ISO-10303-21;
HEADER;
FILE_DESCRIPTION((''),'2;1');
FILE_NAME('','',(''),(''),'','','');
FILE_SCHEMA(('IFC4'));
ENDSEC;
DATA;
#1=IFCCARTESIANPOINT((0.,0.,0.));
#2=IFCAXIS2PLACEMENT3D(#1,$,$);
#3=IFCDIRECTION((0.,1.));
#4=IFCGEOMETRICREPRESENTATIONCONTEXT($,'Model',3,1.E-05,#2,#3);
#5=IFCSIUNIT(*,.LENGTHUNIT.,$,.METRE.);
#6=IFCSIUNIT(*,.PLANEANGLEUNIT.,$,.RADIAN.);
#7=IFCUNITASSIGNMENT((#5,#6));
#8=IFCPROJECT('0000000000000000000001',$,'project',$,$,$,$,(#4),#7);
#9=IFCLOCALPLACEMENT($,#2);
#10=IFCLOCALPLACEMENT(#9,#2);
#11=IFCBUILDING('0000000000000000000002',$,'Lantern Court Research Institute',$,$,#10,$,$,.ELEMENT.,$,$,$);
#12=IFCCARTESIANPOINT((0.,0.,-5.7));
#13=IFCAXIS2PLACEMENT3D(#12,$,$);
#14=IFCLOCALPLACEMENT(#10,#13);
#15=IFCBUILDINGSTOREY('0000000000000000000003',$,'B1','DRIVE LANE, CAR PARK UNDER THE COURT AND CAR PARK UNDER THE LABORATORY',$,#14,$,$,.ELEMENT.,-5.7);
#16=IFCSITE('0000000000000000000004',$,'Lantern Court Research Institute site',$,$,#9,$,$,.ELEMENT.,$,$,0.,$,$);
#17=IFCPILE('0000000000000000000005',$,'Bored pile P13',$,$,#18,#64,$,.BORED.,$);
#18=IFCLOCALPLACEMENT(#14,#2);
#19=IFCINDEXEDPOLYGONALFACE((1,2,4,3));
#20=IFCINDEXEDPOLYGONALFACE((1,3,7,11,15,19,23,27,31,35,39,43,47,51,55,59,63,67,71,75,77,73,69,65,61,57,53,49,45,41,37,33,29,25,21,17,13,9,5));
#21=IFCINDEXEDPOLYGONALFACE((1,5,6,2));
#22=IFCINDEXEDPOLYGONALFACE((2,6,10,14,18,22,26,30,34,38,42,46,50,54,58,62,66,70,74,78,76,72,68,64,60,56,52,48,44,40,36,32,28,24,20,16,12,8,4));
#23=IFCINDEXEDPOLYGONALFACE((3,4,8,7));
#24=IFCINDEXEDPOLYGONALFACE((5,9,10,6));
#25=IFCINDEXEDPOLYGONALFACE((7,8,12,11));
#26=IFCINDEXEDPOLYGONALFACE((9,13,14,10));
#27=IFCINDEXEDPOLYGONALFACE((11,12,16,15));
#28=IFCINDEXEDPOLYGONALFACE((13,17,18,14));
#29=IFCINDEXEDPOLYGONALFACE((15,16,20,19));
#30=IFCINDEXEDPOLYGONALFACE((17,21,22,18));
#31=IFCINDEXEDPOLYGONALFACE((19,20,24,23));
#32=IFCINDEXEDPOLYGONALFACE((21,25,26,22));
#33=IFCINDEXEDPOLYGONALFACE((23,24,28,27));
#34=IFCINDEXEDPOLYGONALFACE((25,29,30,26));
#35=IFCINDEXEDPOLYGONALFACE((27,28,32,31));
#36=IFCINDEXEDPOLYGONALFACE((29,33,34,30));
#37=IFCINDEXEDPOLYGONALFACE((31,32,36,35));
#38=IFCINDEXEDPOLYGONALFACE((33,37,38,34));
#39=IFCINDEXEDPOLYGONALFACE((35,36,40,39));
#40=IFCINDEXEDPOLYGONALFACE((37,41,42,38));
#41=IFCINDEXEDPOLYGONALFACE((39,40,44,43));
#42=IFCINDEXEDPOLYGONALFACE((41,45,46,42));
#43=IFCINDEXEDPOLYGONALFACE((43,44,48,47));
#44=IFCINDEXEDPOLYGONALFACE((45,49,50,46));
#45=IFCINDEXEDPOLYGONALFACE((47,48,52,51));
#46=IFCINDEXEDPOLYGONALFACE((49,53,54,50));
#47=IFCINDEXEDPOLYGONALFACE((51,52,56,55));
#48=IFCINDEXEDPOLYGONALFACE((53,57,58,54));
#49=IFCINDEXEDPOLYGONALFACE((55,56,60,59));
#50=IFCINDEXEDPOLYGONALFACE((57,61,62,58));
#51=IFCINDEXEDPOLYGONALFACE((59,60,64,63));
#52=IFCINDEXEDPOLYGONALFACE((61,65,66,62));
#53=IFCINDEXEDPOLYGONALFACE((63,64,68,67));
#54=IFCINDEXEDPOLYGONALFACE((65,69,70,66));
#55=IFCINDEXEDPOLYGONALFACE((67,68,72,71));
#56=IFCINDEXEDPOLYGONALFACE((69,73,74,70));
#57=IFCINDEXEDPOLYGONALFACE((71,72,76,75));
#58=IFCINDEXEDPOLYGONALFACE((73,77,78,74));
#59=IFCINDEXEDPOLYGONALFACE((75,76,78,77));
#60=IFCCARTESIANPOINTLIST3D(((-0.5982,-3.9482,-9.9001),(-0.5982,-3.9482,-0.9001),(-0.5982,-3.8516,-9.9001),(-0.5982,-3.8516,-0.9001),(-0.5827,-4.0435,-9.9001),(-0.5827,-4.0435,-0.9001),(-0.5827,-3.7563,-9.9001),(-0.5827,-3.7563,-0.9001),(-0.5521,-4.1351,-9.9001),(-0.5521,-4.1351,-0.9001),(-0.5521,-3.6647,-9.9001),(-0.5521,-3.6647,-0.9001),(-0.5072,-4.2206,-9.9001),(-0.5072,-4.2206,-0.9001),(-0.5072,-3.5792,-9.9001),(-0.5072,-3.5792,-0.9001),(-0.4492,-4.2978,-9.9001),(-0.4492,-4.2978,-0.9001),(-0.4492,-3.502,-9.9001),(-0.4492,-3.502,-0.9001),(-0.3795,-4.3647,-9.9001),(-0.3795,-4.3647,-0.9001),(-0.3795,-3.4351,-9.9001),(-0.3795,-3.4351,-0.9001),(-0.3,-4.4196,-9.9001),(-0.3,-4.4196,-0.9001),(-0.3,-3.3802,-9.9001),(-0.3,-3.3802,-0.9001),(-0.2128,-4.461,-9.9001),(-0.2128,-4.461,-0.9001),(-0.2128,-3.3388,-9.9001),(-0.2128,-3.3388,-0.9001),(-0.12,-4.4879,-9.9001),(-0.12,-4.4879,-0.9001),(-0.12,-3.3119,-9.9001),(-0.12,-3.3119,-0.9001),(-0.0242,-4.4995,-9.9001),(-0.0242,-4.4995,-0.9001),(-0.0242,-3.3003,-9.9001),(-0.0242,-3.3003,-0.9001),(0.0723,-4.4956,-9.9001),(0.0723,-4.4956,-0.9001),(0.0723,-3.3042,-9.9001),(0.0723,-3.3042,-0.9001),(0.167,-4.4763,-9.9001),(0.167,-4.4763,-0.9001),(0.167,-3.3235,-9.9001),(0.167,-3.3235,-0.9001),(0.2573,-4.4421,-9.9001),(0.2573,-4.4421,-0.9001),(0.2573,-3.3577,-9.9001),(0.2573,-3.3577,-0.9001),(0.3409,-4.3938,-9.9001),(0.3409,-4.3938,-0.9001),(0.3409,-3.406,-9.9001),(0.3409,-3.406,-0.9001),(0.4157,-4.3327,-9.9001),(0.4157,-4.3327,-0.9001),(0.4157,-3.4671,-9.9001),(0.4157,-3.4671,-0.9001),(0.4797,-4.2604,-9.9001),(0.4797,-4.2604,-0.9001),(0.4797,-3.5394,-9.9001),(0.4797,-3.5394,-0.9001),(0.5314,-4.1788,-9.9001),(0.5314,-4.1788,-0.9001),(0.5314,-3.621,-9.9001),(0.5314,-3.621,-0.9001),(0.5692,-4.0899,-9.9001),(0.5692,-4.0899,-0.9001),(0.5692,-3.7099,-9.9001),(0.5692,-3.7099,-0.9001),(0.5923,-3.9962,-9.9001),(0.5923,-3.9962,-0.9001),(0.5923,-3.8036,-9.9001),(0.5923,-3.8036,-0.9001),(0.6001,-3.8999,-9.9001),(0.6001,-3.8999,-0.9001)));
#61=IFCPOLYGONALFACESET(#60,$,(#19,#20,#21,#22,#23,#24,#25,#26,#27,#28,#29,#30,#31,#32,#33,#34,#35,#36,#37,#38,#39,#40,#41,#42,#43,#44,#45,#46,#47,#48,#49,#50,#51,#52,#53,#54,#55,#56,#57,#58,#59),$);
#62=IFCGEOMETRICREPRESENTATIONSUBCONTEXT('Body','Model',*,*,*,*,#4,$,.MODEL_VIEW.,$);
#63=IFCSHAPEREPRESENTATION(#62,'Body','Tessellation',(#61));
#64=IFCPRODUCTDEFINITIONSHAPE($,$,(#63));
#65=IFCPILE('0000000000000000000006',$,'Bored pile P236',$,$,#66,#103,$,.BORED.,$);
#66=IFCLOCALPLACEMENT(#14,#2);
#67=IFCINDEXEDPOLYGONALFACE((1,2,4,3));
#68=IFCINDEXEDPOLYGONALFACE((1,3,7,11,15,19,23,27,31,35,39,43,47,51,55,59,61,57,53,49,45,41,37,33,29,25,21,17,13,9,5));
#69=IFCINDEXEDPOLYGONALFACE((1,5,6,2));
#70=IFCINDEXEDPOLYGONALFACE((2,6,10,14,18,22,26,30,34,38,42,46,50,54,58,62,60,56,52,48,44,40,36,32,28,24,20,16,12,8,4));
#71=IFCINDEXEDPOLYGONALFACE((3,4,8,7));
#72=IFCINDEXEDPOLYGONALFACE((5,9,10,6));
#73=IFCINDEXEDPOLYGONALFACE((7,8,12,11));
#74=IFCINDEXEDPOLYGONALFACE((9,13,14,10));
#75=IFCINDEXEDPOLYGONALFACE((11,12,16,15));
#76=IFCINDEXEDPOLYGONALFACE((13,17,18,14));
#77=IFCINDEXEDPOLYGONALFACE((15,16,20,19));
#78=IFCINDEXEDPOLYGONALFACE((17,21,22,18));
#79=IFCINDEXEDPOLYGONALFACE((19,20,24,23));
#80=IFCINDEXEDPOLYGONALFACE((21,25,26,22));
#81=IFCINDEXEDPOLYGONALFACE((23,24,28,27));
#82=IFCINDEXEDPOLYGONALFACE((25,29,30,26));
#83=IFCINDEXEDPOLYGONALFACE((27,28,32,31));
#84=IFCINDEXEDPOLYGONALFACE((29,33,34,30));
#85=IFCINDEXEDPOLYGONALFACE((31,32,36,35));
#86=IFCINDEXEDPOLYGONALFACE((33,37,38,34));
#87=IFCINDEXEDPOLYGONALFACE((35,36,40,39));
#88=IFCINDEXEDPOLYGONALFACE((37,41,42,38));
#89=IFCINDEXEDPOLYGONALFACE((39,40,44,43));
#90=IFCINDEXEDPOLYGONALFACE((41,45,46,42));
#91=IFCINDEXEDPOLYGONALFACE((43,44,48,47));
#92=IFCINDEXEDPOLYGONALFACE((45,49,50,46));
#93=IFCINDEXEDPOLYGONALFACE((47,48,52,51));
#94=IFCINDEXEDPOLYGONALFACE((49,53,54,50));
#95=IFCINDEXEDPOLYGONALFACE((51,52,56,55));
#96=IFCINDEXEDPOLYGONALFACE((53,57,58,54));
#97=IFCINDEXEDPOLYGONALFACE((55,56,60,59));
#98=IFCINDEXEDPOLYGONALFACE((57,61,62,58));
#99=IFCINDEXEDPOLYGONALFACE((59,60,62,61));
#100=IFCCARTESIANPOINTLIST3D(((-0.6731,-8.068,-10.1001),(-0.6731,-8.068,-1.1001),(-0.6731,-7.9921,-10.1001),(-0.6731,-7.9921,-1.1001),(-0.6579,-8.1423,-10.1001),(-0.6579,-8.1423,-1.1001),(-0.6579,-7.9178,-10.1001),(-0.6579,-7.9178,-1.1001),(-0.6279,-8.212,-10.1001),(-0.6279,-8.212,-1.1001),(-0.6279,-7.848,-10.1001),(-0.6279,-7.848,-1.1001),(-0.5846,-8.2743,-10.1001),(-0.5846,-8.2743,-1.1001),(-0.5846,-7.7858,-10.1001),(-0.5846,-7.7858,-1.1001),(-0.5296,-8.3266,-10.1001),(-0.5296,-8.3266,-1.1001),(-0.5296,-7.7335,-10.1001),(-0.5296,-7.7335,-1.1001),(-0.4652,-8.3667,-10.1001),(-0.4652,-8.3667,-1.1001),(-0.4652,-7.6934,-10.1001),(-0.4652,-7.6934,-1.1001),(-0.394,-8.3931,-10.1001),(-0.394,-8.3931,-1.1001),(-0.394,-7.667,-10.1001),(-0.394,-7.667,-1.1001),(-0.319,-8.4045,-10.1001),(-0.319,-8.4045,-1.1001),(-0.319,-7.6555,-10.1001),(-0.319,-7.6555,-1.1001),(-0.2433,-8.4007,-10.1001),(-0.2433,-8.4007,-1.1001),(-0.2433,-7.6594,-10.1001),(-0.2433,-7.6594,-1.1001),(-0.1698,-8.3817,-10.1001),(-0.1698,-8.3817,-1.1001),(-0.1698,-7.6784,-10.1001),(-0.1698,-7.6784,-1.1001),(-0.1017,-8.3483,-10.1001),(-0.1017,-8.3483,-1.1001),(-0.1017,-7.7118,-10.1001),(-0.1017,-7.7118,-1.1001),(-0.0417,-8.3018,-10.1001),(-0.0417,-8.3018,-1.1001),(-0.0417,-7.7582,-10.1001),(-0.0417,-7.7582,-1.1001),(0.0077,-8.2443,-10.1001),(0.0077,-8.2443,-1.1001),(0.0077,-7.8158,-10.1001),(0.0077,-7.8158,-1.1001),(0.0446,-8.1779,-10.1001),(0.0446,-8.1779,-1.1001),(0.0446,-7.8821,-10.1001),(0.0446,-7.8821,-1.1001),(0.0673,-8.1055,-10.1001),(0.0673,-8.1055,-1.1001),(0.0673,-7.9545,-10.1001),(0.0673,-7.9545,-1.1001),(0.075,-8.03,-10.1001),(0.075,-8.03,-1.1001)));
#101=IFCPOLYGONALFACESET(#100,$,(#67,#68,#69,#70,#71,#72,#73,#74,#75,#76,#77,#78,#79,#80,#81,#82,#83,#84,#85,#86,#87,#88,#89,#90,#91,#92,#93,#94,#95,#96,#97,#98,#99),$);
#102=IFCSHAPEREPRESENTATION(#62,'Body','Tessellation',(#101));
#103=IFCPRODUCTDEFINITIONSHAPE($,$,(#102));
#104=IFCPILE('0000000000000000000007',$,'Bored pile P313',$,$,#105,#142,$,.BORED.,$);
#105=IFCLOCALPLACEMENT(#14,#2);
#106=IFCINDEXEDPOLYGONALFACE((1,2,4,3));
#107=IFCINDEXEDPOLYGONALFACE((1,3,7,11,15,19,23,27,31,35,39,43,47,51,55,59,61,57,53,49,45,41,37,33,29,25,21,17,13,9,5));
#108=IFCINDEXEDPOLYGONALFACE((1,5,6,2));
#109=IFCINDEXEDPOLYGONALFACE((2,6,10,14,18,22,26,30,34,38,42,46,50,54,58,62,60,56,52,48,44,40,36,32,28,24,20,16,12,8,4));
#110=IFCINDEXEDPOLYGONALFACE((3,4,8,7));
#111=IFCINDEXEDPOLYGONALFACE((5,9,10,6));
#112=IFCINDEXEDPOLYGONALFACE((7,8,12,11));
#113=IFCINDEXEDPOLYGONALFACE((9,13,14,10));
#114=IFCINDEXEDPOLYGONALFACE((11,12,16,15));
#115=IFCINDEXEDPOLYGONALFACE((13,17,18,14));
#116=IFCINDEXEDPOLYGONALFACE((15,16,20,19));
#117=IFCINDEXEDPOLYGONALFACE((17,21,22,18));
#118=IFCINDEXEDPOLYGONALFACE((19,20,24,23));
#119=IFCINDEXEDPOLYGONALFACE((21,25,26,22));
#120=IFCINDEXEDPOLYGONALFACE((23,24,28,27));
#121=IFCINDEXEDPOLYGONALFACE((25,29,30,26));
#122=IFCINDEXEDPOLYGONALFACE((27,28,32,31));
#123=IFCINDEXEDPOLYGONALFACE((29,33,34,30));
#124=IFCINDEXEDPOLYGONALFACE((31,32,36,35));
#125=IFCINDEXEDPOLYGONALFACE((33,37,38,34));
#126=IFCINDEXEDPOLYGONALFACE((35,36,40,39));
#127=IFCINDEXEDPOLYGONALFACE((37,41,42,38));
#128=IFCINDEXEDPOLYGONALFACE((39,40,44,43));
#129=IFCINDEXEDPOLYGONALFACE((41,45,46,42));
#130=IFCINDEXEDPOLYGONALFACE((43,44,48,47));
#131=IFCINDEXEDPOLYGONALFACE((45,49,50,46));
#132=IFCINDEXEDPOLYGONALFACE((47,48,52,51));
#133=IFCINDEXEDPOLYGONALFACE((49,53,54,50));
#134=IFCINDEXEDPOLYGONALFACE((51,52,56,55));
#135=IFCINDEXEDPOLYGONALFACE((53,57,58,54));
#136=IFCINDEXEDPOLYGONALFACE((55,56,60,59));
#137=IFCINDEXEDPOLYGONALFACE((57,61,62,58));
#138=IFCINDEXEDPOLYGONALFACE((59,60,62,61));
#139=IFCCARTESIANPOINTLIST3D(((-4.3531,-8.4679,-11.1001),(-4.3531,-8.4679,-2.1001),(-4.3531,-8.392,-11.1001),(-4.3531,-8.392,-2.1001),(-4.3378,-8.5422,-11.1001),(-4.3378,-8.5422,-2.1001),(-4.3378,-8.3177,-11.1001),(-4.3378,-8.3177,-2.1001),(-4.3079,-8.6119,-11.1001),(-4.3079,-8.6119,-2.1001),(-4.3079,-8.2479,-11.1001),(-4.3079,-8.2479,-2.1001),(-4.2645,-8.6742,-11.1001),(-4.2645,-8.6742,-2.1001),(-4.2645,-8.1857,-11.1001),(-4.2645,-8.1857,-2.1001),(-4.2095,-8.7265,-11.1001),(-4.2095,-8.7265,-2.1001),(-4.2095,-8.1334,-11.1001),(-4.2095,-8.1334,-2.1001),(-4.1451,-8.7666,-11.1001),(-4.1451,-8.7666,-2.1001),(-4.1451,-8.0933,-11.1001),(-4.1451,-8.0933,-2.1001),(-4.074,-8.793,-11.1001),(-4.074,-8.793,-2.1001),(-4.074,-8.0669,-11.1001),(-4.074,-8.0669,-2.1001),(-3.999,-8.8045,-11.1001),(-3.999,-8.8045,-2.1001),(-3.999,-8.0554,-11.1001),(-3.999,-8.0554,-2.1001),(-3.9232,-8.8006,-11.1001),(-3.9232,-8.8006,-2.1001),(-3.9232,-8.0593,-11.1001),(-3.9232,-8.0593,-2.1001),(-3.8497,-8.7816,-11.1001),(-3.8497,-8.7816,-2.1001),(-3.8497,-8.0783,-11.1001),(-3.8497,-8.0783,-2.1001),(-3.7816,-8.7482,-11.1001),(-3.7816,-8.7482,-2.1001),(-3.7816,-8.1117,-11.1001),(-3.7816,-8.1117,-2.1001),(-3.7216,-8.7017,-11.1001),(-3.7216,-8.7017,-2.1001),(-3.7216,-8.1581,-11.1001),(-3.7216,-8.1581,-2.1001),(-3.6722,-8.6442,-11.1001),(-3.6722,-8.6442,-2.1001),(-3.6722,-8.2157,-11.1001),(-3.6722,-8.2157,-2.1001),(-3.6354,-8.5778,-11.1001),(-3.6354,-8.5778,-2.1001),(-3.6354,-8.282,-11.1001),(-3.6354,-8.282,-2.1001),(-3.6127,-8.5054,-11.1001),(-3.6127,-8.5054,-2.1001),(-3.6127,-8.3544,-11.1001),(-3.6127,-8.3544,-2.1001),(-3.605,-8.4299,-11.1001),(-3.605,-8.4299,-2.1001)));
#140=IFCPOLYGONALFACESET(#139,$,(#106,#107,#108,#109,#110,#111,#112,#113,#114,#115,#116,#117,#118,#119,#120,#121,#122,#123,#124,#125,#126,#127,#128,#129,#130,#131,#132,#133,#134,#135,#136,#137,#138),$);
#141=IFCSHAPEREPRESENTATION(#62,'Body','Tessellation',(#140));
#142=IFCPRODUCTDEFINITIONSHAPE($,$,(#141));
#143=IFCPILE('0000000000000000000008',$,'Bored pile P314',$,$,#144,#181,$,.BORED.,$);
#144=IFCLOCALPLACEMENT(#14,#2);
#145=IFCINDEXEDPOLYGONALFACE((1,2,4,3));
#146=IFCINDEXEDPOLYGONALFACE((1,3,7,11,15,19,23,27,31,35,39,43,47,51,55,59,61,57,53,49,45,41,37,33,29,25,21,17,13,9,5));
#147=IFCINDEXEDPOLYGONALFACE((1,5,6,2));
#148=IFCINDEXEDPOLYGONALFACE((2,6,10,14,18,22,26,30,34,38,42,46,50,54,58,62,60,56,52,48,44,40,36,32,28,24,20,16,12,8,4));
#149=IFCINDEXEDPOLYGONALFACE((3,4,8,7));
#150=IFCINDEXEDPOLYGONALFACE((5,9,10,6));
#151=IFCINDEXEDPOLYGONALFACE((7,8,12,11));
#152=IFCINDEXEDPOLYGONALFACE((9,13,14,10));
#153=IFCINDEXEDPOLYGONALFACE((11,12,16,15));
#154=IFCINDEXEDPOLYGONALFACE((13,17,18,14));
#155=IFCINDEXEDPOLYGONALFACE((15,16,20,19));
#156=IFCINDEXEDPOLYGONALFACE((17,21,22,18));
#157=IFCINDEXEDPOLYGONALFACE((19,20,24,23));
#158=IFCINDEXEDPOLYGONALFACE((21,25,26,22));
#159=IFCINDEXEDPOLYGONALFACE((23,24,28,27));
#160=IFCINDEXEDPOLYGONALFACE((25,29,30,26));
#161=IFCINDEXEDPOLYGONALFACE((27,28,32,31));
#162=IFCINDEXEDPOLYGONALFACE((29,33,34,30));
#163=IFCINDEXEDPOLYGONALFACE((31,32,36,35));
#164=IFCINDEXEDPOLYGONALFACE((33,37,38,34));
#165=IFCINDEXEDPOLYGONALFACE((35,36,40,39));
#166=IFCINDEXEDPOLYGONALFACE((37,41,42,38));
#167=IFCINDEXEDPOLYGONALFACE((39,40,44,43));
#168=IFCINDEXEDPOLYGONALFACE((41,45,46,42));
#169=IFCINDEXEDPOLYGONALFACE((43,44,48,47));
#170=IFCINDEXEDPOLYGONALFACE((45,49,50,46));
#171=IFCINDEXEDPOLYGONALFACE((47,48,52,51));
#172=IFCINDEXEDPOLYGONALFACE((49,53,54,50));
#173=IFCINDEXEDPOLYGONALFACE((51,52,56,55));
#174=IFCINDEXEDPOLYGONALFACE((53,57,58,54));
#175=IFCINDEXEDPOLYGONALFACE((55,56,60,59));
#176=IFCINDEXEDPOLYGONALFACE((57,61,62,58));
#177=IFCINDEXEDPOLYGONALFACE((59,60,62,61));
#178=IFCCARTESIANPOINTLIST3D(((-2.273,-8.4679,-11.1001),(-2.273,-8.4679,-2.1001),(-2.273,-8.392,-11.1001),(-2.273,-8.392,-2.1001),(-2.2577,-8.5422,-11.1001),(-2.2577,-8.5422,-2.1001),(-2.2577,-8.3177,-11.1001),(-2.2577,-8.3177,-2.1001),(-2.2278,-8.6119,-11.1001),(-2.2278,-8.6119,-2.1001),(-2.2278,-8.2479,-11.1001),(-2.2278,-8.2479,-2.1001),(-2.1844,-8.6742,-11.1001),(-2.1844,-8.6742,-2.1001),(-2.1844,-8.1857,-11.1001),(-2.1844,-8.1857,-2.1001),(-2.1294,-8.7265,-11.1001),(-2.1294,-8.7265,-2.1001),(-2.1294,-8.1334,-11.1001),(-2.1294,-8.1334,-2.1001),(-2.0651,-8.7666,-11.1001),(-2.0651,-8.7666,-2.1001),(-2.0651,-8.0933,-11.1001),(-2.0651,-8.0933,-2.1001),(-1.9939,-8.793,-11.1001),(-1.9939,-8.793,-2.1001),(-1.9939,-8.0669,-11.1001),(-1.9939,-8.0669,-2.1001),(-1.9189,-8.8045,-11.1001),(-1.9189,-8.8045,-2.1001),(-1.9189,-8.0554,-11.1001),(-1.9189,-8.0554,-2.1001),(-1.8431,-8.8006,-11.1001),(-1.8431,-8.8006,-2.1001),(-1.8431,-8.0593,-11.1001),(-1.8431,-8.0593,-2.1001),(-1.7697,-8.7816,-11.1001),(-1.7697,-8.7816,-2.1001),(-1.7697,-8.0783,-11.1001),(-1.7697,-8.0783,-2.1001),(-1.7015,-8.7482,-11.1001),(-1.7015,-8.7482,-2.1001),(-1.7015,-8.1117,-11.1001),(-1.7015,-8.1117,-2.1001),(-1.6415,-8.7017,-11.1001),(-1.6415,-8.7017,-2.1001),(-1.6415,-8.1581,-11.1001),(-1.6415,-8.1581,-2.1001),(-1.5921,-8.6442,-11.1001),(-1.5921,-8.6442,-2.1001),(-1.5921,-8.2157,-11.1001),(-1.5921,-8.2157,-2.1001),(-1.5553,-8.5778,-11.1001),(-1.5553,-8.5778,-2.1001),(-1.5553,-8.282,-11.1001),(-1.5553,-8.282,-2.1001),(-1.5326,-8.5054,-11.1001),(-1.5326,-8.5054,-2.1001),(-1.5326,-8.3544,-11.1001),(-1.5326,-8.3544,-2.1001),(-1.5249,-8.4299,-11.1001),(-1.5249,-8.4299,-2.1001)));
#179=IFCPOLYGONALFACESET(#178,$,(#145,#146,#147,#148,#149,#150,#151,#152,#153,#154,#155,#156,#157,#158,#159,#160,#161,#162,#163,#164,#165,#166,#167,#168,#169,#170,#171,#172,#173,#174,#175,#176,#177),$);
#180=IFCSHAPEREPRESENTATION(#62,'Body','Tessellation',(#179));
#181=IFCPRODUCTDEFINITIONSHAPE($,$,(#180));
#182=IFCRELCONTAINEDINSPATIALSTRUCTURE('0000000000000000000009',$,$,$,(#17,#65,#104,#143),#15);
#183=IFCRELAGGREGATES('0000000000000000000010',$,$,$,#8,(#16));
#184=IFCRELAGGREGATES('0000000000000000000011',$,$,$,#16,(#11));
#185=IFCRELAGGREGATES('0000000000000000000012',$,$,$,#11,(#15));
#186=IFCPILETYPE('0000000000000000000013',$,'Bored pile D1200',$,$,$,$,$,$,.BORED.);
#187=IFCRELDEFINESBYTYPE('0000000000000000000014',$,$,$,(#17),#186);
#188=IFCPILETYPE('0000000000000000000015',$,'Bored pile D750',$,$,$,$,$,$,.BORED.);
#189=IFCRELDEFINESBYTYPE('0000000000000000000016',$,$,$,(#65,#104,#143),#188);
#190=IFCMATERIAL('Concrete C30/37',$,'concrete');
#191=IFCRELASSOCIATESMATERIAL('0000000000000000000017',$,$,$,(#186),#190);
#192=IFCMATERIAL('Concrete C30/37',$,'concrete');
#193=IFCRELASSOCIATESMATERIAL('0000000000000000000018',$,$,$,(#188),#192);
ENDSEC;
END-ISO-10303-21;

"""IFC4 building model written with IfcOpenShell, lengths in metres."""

from ifc_helpers import new_model, si_unit, direction, frame, origin, origin_2d, place, context, subcontext, project, spatial, circle, extrude, material, material_profile, profile_set, type_object, element, save


model = new_model("IFC4")

# Units and contexts
model_context = context("Model", 3, precision=1e-05, world=origin(), true_north=direction((0.0, 1.0)))
body_context = subcontext(model_context, "Body", "Model", "MODEL_VIEW")
ifc_project = project(units=[si_unit("LENGTHUNIT", "METRE"), si_unit("PLANEANGLEUNIT", "RADIAN")], contexts=[model_context])

# Site, building, storey
site_placement = place(None, origin())
site = spatial("IfcSite", under=ifc_project, at=site_placement, Name="Lantern Court Research Institute site", CompositionType="ELEMENT", RefElevation=0.0)
building_placement = place(site_placement, origin())
building = spatial("IfcBuilding", under=site, at=building_placement, Name="Lantern Court Research Institute", CompositionType="ELEMENT")
storey_placement = place(building_placement, frame((0.0, 0.0, -5.7)))
storey = spatial("IfcBuildingStorey", under=building, at=storey_placement, Name="B1", Description="DRIVE LANE, CAR PARK UNDER THE COURT AND CAR PARK UNDER THE LABORATORY", CompositionType="ELEMENT", Elevation=-5.7)

# Piles
ifc_material_1 = material(Name="Concrete C30/37", Category="concrete")
ifc_material_profile_1 = material_profile(ifc_material_1, circle(Radius=0.6001, at=origin_2d()), Name="Bored pile D1200")
ifc_profile_set_1 = profile_set([ifc_material_profile_1], Name="Concrete C30/37")
pile_type_1 = type_object("IfcPileType", Name="Bored pile D1200", PredefinedType="BORED", material=ifc_profile_set_1)
pile_placement = place(storey_placement, frame((0.0, -3.8999, -0.9001), z_axis=(0.0, 0.0, -1.0), x_axis=(1.0, 0.0, 0.0)))
element("IfcPile", 1, at=pile_placement, inside=storey, type_object=pile_type_1, Name="Bored pile P13", PredefinedType="BORED", context=body_context, shape_type="SweptSolid", body=[
    extrude(circle(Radius=0.6001, at=origin_2d()), origin(), (0.0, 0.0, 1.0), 9.0),
])
ifc_material_2 = material(Name="Concrete C30/37", Category="concrete")
ifc_material_profile_2 = material_profile(ifc_material_2, circle(Radius=0.375, at=origin_2d()), Name="Bored pile D750")
ifc_profile_set_2 = profile_set([ifc_material_profile_2], Name="Concrete C30/37")
pile_type_2 = type_object("IfcPileType", Name="Bored pile D750", PredefinedType="BORED", material=ifc_profile_set_2)
for number, where, z_axis, x_axis, name in (
    (2, (-0.3, -8.03, -1.1001), (0.0, 0.0, -1.0), (1.0, 0.0, 0.0), "Bored pile P236"),
    (3, (-3.98, -8.4299, -2.1001), (0.0, 0.0, -1.0), (1.0, 0.0, 0.0), "Bored pile P313"),
    (4, (-1.8999, -8.4299, -2.1001), (0.0, 0.0, -1.0), (1.0, 0.0, 0.0), "Bored pile P314"),
):
    element("IfcPile", number, at=place(storey_placement, frame(where, z_axis=z_axis, x_axis=x_axis)), inside=storey, type_object=pile_type_2, Name=name, PredefinedType="BORED", context=body_context, shape_type="SweptSolid", body=[
        extrude(circle(Radius=0.375, at=origin_2d()), origin(), (0.0, 0.0, 1.0), 9.0),
    ])

save(model, "model.ifc")
